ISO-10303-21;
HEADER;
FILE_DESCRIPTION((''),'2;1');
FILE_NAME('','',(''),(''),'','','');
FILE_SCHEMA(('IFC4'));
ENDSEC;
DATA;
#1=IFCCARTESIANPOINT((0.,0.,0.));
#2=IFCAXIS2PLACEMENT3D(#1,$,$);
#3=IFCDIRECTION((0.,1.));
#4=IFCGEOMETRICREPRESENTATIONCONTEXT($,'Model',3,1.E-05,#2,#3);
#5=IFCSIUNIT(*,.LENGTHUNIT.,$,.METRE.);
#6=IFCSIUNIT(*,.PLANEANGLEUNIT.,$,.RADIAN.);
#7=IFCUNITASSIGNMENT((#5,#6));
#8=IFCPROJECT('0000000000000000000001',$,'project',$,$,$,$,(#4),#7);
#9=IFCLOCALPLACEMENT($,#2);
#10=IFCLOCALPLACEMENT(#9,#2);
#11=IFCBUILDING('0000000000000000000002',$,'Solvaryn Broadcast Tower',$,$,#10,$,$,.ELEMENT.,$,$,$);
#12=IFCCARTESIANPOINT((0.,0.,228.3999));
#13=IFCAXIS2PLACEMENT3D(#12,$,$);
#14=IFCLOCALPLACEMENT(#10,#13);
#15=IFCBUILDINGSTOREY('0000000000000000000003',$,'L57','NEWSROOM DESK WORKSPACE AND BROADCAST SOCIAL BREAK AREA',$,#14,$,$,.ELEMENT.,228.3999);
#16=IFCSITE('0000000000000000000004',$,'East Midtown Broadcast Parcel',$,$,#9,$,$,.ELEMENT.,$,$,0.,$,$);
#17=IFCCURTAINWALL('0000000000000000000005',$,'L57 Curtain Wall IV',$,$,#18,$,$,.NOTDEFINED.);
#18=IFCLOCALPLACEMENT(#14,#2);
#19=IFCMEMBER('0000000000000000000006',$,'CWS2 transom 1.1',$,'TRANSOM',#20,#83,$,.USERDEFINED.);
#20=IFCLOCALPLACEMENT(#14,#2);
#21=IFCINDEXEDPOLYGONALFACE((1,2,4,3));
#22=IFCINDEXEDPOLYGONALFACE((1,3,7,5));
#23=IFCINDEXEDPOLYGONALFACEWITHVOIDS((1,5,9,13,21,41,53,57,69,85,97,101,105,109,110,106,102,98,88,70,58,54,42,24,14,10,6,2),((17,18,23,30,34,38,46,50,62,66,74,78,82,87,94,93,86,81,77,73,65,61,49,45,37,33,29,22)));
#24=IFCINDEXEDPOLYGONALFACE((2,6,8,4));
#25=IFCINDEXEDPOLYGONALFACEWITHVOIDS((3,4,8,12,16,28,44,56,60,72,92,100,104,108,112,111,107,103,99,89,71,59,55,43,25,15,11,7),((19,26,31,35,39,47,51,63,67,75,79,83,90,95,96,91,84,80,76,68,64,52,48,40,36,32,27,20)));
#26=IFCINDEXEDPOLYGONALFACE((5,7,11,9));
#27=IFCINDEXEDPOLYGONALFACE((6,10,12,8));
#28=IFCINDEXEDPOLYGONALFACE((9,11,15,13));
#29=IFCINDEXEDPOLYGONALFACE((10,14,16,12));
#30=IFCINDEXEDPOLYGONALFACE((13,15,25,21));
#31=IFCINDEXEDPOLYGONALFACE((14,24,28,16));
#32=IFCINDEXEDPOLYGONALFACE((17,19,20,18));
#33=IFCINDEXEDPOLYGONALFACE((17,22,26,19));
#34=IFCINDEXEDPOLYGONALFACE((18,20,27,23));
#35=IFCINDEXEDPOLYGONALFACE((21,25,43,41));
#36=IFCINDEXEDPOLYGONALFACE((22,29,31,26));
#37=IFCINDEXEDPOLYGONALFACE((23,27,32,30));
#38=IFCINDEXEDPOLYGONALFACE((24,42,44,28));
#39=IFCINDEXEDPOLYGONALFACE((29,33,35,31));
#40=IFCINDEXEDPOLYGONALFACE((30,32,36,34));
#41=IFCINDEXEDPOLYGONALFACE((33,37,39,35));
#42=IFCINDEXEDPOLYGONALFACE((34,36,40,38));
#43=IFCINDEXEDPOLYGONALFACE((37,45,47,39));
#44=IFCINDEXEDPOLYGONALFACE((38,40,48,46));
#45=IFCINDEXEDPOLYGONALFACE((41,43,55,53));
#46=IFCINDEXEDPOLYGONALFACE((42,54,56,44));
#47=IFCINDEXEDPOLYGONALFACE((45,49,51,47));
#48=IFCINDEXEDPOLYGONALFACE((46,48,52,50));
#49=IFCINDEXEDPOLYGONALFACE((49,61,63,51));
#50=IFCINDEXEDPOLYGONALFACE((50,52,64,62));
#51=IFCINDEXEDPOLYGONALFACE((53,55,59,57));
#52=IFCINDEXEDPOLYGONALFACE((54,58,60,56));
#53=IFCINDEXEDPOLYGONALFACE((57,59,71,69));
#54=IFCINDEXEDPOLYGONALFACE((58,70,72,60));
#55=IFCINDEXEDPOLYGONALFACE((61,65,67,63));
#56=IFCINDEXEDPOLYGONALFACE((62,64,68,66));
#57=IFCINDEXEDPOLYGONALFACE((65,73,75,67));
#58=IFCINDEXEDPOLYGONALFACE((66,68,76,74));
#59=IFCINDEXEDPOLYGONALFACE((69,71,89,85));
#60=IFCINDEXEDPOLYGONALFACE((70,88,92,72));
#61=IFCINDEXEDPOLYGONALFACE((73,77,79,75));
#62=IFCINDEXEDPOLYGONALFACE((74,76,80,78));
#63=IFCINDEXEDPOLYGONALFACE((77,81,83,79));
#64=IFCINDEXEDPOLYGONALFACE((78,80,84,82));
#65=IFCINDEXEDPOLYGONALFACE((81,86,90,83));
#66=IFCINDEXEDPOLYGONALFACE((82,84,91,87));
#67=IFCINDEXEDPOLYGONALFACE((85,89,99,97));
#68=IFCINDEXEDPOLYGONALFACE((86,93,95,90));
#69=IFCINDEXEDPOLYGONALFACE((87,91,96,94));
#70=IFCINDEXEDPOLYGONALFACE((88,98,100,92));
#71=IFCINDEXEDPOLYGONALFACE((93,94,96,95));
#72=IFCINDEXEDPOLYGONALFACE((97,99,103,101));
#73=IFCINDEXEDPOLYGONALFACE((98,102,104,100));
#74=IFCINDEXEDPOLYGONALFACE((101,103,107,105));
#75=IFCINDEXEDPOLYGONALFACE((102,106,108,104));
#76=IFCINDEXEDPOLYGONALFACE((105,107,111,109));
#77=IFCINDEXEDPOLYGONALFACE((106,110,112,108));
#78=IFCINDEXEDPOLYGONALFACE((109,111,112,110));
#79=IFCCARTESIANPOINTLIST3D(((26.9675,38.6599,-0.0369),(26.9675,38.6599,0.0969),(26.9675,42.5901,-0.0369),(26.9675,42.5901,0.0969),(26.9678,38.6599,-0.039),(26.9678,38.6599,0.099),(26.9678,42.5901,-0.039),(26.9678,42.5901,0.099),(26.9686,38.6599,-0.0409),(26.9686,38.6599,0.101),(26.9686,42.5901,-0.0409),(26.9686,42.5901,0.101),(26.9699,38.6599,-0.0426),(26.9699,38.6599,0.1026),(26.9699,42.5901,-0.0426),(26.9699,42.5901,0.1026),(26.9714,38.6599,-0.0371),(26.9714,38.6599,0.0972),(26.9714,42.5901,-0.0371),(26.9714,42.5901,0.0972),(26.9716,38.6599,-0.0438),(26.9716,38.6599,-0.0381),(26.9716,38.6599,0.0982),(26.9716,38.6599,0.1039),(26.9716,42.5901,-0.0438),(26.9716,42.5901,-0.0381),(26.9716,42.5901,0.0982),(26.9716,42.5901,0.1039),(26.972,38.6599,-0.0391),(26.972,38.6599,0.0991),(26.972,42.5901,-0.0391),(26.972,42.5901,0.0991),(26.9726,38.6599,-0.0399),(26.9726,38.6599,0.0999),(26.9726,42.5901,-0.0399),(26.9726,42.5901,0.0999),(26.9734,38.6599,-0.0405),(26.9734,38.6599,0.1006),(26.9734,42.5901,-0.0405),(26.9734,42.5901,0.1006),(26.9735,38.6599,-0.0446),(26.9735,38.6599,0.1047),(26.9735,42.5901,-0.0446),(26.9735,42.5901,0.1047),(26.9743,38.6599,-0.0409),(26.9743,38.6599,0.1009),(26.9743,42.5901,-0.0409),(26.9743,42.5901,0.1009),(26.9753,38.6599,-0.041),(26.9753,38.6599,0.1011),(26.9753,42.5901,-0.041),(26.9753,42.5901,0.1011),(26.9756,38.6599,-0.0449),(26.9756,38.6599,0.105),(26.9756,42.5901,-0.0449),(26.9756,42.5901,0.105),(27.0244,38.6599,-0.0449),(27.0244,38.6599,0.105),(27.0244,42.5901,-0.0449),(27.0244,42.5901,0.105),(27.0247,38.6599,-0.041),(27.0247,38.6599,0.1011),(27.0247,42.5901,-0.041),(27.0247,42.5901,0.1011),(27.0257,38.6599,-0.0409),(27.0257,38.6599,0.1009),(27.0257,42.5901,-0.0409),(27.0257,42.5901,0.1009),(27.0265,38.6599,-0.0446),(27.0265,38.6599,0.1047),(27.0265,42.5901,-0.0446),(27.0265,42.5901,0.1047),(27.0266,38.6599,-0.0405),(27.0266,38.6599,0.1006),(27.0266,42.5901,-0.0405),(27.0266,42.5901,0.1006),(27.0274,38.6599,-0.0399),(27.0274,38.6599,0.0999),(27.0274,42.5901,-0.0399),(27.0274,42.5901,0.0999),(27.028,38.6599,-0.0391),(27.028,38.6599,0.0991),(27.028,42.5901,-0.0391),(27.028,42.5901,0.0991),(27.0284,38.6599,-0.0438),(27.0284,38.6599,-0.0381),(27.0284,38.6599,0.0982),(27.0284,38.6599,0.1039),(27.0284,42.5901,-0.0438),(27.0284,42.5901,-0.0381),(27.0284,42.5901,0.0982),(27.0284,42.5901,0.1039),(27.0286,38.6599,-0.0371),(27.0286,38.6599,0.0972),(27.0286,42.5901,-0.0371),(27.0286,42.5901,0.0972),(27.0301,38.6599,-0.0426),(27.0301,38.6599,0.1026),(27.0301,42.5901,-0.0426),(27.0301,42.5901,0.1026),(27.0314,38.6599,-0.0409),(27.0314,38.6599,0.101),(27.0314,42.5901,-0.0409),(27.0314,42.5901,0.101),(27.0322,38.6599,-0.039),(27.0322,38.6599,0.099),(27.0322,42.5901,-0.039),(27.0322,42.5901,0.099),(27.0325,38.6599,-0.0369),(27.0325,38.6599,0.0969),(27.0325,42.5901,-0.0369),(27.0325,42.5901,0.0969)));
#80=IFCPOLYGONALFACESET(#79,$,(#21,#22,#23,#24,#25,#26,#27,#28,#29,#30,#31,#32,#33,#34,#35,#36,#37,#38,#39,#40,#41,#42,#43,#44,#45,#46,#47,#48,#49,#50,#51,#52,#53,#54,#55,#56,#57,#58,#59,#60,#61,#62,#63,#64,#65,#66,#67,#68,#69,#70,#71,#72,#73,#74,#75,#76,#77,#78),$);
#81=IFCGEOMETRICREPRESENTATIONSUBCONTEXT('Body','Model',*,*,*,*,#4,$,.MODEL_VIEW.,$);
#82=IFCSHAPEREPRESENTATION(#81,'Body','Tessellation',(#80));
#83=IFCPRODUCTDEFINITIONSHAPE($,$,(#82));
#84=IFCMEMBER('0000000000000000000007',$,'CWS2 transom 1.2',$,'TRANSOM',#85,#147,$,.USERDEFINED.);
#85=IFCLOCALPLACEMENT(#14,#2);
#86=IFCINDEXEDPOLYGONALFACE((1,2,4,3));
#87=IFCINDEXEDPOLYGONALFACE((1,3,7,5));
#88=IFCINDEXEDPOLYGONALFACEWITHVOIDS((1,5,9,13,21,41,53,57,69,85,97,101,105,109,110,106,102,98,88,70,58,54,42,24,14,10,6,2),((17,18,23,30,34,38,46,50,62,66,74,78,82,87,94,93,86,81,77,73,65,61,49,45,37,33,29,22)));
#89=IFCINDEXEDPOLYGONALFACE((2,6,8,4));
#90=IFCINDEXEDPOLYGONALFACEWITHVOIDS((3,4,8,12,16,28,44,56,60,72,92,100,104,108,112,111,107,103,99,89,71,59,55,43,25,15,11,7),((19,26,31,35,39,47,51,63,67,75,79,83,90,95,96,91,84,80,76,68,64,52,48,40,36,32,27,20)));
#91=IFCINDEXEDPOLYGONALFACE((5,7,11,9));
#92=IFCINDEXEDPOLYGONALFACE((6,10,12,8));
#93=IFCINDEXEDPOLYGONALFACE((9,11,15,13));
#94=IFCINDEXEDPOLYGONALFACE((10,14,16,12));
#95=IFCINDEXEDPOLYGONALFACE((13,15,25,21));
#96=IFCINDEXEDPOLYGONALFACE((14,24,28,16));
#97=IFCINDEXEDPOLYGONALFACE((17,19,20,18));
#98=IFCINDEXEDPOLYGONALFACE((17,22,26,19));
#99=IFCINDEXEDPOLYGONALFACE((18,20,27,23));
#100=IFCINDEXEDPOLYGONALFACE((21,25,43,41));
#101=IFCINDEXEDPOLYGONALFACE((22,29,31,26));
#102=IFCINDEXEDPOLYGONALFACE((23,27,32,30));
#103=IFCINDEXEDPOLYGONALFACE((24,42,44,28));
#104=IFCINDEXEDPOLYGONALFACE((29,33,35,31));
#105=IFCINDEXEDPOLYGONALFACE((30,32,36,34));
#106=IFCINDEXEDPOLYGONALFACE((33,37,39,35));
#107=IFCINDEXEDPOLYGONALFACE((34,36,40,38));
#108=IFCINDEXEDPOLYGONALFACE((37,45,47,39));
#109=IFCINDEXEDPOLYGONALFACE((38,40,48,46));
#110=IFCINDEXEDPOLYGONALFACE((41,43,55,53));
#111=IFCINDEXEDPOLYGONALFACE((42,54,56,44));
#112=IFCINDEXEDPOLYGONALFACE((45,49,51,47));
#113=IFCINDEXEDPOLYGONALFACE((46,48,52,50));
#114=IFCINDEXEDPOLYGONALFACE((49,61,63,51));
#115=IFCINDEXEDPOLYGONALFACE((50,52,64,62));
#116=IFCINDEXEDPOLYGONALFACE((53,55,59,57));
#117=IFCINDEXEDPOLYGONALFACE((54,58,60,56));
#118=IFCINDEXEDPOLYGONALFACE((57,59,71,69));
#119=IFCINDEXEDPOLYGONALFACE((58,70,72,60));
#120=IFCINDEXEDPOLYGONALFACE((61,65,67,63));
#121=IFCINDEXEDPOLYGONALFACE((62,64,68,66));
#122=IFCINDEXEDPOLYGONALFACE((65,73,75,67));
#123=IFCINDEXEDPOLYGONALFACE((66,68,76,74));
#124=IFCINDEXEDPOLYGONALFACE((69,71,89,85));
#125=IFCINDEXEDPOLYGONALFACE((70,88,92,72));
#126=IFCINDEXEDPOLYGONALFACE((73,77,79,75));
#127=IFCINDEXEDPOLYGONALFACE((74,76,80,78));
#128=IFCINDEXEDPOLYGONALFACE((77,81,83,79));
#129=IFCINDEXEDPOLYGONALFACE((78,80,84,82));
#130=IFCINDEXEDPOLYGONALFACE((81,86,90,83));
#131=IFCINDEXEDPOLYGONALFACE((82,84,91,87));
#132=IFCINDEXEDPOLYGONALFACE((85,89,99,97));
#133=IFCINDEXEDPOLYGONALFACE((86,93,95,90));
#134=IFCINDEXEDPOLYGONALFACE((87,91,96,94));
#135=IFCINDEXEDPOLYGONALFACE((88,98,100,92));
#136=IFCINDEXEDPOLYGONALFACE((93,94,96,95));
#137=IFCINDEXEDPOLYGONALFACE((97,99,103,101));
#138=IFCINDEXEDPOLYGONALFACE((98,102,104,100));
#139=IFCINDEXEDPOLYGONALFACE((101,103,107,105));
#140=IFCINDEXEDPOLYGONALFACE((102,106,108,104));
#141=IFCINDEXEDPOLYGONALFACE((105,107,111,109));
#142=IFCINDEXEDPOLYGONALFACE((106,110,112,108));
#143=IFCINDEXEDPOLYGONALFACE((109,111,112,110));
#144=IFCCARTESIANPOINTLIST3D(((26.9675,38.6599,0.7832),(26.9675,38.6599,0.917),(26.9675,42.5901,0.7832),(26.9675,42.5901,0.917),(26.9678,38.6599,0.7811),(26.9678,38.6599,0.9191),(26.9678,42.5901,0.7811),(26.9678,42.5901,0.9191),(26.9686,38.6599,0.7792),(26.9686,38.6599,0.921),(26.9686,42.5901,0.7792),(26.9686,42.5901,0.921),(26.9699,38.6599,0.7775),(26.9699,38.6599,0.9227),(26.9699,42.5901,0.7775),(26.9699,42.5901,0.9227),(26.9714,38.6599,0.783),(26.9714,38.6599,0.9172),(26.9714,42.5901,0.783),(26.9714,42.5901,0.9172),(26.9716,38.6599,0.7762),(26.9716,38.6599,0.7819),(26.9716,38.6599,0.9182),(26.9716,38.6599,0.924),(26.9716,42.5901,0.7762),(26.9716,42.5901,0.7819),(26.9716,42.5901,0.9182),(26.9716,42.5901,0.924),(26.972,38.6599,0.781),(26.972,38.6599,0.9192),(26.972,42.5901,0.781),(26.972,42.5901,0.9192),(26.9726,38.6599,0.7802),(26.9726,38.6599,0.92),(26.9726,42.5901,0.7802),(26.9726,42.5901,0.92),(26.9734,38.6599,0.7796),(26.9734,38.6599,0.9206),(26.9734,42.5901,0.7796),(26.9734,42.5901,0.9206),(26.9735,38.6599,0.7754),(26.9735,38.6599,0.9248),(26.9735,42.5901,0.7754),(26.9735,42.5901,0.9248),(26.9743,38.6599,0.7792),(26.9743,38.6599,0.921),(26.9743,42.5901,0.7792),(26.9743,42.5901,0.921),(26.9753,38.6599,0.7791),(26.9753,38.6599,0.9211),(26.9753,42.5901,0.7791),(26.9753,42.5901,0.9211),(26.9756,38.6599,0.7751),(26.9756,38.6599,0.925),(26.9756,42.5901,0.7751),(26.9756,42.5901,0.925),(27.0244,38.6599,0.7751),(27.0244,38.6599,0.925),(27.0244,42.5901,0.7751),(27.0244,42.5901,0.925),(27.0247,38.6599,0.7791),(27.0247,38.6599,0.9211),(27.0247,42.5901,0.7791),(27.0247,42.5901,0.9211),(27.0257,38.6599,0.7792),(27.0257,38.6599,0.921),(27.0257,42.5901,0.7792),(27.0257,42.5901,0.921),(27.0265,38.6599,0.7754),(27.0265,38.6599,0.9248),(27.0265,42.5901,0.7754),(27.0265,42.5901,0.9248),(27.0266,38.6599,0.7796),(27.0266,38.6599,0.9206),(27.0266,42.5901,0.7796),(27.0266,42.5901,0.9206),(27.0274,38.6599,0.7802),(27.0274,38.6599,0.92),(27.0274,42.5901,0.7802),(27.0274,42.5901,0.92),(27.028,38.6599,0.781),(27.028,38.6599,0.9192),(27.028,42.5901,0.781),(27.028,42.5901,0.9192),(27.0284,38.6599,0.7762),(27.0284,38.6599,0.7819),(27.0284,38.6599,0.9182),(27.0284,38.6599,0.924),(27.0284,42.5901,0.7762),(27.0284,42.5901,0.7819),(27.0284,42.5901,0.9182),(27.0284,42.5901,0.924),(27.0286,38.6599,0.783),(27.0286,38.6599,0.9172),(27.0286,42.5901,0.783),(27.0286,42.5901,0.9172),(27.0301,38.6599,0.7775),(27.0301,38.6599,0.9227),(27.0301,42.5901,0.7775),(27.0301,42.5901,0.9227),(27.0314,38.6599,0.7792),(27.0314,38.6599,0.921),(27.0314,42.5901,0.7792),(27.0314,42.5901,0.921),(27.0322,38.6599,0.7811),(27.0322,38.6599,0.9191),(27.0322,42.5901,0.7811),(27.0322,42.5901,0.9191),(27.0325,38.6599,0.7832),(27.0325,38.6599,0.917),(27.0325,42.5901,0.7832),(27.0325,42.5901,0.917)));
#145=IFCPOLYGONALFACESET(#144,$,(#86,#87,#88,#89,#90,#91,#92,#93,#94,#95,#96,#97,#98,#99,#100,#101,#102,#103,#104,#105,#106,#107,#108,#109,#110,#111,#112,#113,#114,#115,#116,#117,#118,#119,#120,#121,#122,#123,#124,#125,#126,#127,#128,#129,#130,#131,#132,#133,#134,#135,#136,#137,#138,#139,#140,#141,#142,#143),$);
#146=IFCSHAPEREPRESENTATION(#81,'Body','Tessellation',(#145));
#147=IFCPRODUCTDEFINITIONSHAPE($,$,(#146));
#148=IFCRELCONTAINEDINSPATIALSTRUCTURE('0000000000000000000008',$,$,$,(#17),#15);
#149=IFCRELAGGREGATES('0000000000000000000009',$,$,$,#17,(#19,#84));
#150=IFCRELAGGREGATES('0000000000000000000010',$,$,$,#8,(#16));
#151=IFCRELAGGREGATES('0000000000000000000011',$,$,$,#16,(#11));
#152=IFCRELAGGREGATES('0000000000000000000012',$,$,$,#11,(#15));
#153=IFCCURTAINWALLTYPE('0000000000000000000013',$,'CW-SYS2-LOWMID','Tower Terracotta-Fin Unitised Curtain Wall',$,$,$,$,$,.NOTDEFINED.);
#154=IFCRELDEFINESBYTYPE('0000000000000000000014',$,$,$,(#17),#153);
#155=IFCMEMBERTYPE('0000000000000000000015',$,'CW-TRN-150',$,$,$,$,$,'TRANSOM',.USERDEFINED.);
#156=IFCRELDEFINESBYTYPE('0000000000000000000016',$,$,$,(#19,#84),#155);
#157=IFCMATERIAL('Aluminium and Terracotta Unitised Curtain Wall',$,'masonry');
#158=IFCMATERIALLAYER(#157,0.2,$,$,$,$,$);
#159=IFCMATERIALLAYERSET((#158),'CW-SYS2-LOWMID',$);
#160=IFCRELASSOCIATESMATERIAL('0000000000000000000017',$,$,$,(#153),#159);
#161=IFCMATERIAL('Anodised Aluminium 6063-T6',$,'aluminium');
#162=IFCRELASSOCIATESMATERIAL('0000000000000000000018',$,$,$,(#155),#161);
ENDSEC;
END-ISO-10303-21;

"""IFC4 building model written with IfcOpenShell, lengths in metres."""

from ifc_helpers import new_model, si_unit, direction, frame, origin, origin_2d, place, context, subcontext, project, spatial, hollow_rectangle, extrude, material, layer, layer_set, material_profile, profile_set, type_object, element, aggregate, save


model = new_model("IFC4")

# Units and contexts
model_context = context("Model", 3, precision=1e-05, world=origin(), true_north=direction((0.0, 1.0)))
body_context = subcontext(model_context, "Body", "Model", "MODEL_VIEW")
ifc_project = project(units=[si_unit("LENGTHUNIT", "METRE"), si_unit("PLANEANGLEUNIT", "RADIAN")], contexts=[model_context])

# Site, building, storey
site_placement = place(None, origin())
site = spatial("IfcSite", under=ifc_project, at=site_placement, Name="East Midtown Broadcast Parcel", CompositionType="ELEMENT", RefElevation=0.0)
building_placement = place(site_placement, origin())
building = spatial("IfcBuilding", under=site, at=building_placement, Name="Solvaryn Broadcast Tower", CompositionType="ELEMENT")
storey_placement = place(building_placement, frame((0.0, 0.0, 228.3999)))
storey = spatial("IfcBuildingStorey", under=building, at=storey_placement, Name="L57", Description="NEWSROOM DESK WORKSPACE AND BROADCAST SOCIAL BREAK AREA", CompositionType="ELEMENT", Elevation=228.3999)

# Curtain wall
ifc_material_1 = material(Name="Aluminium and Terracotta Unitised Curtain Wall", Category="masonry")
ifc_layer_1 = layer(ifc_material_1, 0.2)
ifc_layer_set_1 = layer_set([ifc_layer_1], Name="CW-SYS2-LOWMID")
curtain_wall_type = type_object("IfcCurtainWallType", Name="CW-SYS2-LOWMID", Description="Tower Terracotta-Fin Unitised Curtain Wall", PredefinedType="NOTDEFINED", material=ifc_layer_set_1)
curtain_wall_1_placement = place(storey_placement, origin())
curtain_wall_1 = element("IfcCurtainWall", 1, at=curtain_wall_1_placement, inside=storey, type_object=curtain_wall_type, Name="L57 Curtain Wall IV", PredefinedType="NOTDEFINED")

# Members
ifc_material_2 = material(Name="Anodised Aluminium 6063-T6", Category="aluminium")
ifc_material_profile_1 = material_profile(ifc_material_2, hollow_rectangle(XDim=0.0649, YDim=0.1499, WallThickness=0.0039, InnerFilletRadius=0.0039, OuterFilletRadius=0.0081, at=origin_2d()))
ifc_profile_set_1 = profile_set([ifc_material_profile_1], Name="Anodised Aluminium 6063-T6")
member_type_1 = type_object("IfcMemberType", Name="CW-TRN-150", ElementType="TRANSOM", PredefinedType="USERDEFINED", material=ifc_profile_set_1)
member_1_placement = place(storey_placement, frame((27.0, 42.5901, 0.03), z_axis=(0.0, -1.0, 0.0), x_axis=(1.0, 0.0, 0.0)))
member_1 = element("IfcMember", 2, at=member_1_placement, type_object=member_type_1, Name="CWS2 transom 1.1", ObjectType="TRANSOM", PredefinedType="USERDEFINED", context=body_context, shape_type="SweptSolid", body=[
    extrude(hollow_rectangle(XDim=0.0649, YDim=0.1499, WallThickness=0.0039, InnerFilletRadius=0.0039, OuterFilletRadius=0.0081, at=origin_2d()), origin(), (0.0, 0.0, 1.0), 3.9302),
])
member_2_placement = place(storey_placement, frame((27.0, 42.5901, 0.8501), z_axis=(0.0, -1.0, 0.0), x_axis=(1.0, 0.0, 0.0)))
member_2 = element("IfcMember", 3, at=member_2_placement, type_object=member_type_1, Name="CWS2 transom 1.2", ObjectType="TRANSOM", PredefinedType="USERDEFINED", context=body_context, shape_type="SweptSolid", body=[
    extrude(hollow_rectangle(XDim=0.0649, YDim=0.1499, WallThickness=0.0039, InnerFilletRadius=0.0039, OuterFilletRadius=0.0081, at=origin_2d()), origin(), (0.0, 0.0, 1.0), 3.9302),
])

aggregate(curtain_wall_1, [member_1, member_2])

save(model, "model.ifc")
